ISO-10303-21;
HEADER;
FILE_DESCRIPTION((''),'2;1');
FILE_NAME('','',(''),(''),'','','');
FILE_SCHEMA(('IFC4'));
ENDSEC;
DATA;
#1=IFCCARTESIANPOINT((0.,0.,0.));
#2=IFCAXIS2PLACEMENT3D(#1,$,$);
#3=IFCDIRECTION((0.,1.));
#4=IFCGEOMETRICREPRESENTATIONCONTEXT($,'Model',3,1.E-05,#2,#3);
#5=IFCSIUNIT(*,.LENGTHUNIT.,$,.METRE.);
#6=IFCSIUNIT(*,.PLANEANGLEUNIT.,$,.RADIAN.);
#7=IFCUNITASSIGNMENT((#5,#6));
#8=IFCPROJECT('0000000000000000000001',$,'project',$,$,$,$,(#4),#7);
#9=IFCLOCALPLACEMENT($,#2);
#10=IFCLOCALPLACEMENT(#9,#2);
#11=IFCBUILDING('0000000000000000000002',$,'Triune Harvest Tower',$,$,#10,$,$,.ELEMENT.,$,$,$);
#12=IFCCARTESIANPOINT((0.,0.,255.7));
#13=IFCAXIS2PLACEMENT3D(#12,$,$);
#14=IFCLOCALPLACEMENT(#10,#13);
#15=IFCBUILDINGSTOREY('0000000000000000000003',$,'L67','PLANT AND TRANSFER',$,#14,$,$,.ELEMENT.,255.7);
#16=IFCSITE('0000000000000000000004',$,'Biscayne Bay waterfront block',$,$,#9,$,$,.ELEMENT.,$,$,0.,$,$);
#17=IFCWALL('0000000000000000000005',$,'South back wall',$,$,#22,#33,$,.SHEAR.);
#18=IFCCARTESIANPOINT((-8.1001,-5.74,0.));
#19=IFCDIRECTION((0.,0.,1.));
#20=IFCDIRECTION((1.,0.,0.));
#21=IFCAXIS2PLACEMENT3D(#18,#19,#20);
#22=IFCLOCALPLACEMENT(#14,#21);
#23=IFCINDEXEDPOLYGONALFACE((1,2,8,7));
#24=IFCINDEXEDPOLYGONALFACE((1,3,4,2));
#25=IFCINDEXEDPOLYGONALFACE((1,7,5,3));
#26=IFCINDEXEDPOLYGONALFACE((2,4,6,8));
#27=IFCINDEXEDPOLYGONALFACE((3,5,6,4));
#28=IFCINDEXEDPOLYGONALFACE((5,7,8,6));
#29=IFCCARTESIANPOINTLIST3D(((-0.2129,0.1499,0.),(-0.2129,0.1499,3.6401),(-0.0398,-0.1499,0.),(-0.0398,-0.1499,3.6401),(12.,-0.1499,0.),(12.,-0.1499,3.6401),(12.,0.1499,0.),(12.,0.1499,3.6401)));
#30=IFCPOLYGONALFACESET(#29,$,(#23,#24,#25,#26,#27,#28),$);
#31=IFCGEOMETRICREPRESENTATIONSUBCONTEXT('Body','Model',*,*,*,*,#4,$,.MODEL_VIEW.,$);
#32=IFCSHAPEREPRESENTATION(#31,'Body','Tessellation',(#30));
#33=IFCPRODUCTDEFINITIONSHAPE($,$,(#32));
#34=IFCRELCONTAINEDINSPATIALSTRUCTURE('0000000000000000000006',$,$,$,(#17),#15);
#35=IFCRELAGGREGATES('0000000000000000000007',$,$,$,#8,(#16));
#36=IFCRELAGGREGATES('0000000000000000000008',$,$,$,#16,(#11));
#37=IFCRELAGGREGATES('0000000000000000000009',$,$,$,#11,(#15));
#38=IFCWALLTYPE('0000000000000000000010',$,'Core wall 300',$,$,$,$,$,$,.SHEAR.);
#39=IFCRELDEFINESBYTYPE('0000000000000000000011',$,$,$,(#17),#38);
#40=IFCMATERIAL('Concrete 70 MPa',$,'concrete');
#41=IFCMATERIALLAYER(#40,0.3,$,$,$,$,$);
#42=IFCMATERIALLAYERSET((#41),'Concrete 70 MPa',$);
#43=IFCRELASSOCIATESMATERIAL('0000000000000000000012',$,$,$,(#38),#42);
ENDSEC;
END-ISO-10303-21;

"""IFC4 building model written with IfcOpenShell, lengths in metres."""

from ifc_helpers import new_model, si_unit, direction, frame, origin, place, context, subcontext, project, spatial, polyline, outline, extrude, source, transform, mapped, material, layer, layer_set, type_object, element, save


model = new_model("IFC4")

# Units and contexts
model_context = context("Model", 3, precision=1e-05, world=origin(), true_north=direction((0.0, 1.0)))
body_context = subcontext(model_context, "Body", "Model", "MODEL_VIEW")
ifc_project = project(units=[si_unit("LENGTHUNIT", "METRE"), si_unit("PLANEANGLEUNIT", "RADIAN")], contexts=[model_context])

# Site, building, storey
site_placement = place(None, origin())
site = spatial("IfcSite", under=ifc_project, at=site_placement, Name="Biscayne Bay waterfront block", CompositionType="ELEMENT", RefElevation=0.0)
building_placement = place(site_placement, origin())
building = spatial("IfcBuilding", under=site, at=building_placement, Name="Triune Harvest Tower", CompositionType="ELEMENT")
storey_placement = place(building_placement, frame((0.0, 0.0, 255.7)))
storey = spatial("IfcBuildingStorey", under=building, at=storey_placement, Name="L67", Description="PLANT AND TRANSFER", CompositionType="ELEMENT", Elevation=255.7)

# Shared definitions
ifc_material_1 = material(Name="Concrete 70 MPa", Category="concrete")
ifc_layer_1 = layer(ifc_material_1, 0.3)
ifc_layer_set_1 = layer_set([ifc_layer_1], Name="Concrete 70 MPa")
wall_type_1 = type_object("IfcWallType", Name="Core wall 300", PredefinedType="SHEAR", material=ifc_layer_set_1)

# Wall
shared_shape_1 = source(origin(), body_context, "Body", "SweptSolid", [
    extrude(outline(polyline([(12.0, -0.1499), (-0.0398, -0.1499), (-0.2129, 0.1499), (12.0, 0.1499), (12.0, -0.1499)])), origin(), (0.0, 0.0, 1.0), 3.6401),
])
wall_1_placement = place(storey_placement, frame((-8.1001, -5.74, 0.0), z_axis=(0.0, 0.0, 1.0), x_axis=(1.0, 0.0, 0.0)))
element("IfcWall", 1, at=wall_1_placement, inside=storey, type_object=wall_type_1, Name="South back wall", PredefinedType="SHEAR", context=body_context, shape_type="MappedRepresentation", body=[
    mapped(shared_shape_1, transform((0.0, 0.0, 0.0), scale=1.0)),
])

save(model, "model.ifc")
